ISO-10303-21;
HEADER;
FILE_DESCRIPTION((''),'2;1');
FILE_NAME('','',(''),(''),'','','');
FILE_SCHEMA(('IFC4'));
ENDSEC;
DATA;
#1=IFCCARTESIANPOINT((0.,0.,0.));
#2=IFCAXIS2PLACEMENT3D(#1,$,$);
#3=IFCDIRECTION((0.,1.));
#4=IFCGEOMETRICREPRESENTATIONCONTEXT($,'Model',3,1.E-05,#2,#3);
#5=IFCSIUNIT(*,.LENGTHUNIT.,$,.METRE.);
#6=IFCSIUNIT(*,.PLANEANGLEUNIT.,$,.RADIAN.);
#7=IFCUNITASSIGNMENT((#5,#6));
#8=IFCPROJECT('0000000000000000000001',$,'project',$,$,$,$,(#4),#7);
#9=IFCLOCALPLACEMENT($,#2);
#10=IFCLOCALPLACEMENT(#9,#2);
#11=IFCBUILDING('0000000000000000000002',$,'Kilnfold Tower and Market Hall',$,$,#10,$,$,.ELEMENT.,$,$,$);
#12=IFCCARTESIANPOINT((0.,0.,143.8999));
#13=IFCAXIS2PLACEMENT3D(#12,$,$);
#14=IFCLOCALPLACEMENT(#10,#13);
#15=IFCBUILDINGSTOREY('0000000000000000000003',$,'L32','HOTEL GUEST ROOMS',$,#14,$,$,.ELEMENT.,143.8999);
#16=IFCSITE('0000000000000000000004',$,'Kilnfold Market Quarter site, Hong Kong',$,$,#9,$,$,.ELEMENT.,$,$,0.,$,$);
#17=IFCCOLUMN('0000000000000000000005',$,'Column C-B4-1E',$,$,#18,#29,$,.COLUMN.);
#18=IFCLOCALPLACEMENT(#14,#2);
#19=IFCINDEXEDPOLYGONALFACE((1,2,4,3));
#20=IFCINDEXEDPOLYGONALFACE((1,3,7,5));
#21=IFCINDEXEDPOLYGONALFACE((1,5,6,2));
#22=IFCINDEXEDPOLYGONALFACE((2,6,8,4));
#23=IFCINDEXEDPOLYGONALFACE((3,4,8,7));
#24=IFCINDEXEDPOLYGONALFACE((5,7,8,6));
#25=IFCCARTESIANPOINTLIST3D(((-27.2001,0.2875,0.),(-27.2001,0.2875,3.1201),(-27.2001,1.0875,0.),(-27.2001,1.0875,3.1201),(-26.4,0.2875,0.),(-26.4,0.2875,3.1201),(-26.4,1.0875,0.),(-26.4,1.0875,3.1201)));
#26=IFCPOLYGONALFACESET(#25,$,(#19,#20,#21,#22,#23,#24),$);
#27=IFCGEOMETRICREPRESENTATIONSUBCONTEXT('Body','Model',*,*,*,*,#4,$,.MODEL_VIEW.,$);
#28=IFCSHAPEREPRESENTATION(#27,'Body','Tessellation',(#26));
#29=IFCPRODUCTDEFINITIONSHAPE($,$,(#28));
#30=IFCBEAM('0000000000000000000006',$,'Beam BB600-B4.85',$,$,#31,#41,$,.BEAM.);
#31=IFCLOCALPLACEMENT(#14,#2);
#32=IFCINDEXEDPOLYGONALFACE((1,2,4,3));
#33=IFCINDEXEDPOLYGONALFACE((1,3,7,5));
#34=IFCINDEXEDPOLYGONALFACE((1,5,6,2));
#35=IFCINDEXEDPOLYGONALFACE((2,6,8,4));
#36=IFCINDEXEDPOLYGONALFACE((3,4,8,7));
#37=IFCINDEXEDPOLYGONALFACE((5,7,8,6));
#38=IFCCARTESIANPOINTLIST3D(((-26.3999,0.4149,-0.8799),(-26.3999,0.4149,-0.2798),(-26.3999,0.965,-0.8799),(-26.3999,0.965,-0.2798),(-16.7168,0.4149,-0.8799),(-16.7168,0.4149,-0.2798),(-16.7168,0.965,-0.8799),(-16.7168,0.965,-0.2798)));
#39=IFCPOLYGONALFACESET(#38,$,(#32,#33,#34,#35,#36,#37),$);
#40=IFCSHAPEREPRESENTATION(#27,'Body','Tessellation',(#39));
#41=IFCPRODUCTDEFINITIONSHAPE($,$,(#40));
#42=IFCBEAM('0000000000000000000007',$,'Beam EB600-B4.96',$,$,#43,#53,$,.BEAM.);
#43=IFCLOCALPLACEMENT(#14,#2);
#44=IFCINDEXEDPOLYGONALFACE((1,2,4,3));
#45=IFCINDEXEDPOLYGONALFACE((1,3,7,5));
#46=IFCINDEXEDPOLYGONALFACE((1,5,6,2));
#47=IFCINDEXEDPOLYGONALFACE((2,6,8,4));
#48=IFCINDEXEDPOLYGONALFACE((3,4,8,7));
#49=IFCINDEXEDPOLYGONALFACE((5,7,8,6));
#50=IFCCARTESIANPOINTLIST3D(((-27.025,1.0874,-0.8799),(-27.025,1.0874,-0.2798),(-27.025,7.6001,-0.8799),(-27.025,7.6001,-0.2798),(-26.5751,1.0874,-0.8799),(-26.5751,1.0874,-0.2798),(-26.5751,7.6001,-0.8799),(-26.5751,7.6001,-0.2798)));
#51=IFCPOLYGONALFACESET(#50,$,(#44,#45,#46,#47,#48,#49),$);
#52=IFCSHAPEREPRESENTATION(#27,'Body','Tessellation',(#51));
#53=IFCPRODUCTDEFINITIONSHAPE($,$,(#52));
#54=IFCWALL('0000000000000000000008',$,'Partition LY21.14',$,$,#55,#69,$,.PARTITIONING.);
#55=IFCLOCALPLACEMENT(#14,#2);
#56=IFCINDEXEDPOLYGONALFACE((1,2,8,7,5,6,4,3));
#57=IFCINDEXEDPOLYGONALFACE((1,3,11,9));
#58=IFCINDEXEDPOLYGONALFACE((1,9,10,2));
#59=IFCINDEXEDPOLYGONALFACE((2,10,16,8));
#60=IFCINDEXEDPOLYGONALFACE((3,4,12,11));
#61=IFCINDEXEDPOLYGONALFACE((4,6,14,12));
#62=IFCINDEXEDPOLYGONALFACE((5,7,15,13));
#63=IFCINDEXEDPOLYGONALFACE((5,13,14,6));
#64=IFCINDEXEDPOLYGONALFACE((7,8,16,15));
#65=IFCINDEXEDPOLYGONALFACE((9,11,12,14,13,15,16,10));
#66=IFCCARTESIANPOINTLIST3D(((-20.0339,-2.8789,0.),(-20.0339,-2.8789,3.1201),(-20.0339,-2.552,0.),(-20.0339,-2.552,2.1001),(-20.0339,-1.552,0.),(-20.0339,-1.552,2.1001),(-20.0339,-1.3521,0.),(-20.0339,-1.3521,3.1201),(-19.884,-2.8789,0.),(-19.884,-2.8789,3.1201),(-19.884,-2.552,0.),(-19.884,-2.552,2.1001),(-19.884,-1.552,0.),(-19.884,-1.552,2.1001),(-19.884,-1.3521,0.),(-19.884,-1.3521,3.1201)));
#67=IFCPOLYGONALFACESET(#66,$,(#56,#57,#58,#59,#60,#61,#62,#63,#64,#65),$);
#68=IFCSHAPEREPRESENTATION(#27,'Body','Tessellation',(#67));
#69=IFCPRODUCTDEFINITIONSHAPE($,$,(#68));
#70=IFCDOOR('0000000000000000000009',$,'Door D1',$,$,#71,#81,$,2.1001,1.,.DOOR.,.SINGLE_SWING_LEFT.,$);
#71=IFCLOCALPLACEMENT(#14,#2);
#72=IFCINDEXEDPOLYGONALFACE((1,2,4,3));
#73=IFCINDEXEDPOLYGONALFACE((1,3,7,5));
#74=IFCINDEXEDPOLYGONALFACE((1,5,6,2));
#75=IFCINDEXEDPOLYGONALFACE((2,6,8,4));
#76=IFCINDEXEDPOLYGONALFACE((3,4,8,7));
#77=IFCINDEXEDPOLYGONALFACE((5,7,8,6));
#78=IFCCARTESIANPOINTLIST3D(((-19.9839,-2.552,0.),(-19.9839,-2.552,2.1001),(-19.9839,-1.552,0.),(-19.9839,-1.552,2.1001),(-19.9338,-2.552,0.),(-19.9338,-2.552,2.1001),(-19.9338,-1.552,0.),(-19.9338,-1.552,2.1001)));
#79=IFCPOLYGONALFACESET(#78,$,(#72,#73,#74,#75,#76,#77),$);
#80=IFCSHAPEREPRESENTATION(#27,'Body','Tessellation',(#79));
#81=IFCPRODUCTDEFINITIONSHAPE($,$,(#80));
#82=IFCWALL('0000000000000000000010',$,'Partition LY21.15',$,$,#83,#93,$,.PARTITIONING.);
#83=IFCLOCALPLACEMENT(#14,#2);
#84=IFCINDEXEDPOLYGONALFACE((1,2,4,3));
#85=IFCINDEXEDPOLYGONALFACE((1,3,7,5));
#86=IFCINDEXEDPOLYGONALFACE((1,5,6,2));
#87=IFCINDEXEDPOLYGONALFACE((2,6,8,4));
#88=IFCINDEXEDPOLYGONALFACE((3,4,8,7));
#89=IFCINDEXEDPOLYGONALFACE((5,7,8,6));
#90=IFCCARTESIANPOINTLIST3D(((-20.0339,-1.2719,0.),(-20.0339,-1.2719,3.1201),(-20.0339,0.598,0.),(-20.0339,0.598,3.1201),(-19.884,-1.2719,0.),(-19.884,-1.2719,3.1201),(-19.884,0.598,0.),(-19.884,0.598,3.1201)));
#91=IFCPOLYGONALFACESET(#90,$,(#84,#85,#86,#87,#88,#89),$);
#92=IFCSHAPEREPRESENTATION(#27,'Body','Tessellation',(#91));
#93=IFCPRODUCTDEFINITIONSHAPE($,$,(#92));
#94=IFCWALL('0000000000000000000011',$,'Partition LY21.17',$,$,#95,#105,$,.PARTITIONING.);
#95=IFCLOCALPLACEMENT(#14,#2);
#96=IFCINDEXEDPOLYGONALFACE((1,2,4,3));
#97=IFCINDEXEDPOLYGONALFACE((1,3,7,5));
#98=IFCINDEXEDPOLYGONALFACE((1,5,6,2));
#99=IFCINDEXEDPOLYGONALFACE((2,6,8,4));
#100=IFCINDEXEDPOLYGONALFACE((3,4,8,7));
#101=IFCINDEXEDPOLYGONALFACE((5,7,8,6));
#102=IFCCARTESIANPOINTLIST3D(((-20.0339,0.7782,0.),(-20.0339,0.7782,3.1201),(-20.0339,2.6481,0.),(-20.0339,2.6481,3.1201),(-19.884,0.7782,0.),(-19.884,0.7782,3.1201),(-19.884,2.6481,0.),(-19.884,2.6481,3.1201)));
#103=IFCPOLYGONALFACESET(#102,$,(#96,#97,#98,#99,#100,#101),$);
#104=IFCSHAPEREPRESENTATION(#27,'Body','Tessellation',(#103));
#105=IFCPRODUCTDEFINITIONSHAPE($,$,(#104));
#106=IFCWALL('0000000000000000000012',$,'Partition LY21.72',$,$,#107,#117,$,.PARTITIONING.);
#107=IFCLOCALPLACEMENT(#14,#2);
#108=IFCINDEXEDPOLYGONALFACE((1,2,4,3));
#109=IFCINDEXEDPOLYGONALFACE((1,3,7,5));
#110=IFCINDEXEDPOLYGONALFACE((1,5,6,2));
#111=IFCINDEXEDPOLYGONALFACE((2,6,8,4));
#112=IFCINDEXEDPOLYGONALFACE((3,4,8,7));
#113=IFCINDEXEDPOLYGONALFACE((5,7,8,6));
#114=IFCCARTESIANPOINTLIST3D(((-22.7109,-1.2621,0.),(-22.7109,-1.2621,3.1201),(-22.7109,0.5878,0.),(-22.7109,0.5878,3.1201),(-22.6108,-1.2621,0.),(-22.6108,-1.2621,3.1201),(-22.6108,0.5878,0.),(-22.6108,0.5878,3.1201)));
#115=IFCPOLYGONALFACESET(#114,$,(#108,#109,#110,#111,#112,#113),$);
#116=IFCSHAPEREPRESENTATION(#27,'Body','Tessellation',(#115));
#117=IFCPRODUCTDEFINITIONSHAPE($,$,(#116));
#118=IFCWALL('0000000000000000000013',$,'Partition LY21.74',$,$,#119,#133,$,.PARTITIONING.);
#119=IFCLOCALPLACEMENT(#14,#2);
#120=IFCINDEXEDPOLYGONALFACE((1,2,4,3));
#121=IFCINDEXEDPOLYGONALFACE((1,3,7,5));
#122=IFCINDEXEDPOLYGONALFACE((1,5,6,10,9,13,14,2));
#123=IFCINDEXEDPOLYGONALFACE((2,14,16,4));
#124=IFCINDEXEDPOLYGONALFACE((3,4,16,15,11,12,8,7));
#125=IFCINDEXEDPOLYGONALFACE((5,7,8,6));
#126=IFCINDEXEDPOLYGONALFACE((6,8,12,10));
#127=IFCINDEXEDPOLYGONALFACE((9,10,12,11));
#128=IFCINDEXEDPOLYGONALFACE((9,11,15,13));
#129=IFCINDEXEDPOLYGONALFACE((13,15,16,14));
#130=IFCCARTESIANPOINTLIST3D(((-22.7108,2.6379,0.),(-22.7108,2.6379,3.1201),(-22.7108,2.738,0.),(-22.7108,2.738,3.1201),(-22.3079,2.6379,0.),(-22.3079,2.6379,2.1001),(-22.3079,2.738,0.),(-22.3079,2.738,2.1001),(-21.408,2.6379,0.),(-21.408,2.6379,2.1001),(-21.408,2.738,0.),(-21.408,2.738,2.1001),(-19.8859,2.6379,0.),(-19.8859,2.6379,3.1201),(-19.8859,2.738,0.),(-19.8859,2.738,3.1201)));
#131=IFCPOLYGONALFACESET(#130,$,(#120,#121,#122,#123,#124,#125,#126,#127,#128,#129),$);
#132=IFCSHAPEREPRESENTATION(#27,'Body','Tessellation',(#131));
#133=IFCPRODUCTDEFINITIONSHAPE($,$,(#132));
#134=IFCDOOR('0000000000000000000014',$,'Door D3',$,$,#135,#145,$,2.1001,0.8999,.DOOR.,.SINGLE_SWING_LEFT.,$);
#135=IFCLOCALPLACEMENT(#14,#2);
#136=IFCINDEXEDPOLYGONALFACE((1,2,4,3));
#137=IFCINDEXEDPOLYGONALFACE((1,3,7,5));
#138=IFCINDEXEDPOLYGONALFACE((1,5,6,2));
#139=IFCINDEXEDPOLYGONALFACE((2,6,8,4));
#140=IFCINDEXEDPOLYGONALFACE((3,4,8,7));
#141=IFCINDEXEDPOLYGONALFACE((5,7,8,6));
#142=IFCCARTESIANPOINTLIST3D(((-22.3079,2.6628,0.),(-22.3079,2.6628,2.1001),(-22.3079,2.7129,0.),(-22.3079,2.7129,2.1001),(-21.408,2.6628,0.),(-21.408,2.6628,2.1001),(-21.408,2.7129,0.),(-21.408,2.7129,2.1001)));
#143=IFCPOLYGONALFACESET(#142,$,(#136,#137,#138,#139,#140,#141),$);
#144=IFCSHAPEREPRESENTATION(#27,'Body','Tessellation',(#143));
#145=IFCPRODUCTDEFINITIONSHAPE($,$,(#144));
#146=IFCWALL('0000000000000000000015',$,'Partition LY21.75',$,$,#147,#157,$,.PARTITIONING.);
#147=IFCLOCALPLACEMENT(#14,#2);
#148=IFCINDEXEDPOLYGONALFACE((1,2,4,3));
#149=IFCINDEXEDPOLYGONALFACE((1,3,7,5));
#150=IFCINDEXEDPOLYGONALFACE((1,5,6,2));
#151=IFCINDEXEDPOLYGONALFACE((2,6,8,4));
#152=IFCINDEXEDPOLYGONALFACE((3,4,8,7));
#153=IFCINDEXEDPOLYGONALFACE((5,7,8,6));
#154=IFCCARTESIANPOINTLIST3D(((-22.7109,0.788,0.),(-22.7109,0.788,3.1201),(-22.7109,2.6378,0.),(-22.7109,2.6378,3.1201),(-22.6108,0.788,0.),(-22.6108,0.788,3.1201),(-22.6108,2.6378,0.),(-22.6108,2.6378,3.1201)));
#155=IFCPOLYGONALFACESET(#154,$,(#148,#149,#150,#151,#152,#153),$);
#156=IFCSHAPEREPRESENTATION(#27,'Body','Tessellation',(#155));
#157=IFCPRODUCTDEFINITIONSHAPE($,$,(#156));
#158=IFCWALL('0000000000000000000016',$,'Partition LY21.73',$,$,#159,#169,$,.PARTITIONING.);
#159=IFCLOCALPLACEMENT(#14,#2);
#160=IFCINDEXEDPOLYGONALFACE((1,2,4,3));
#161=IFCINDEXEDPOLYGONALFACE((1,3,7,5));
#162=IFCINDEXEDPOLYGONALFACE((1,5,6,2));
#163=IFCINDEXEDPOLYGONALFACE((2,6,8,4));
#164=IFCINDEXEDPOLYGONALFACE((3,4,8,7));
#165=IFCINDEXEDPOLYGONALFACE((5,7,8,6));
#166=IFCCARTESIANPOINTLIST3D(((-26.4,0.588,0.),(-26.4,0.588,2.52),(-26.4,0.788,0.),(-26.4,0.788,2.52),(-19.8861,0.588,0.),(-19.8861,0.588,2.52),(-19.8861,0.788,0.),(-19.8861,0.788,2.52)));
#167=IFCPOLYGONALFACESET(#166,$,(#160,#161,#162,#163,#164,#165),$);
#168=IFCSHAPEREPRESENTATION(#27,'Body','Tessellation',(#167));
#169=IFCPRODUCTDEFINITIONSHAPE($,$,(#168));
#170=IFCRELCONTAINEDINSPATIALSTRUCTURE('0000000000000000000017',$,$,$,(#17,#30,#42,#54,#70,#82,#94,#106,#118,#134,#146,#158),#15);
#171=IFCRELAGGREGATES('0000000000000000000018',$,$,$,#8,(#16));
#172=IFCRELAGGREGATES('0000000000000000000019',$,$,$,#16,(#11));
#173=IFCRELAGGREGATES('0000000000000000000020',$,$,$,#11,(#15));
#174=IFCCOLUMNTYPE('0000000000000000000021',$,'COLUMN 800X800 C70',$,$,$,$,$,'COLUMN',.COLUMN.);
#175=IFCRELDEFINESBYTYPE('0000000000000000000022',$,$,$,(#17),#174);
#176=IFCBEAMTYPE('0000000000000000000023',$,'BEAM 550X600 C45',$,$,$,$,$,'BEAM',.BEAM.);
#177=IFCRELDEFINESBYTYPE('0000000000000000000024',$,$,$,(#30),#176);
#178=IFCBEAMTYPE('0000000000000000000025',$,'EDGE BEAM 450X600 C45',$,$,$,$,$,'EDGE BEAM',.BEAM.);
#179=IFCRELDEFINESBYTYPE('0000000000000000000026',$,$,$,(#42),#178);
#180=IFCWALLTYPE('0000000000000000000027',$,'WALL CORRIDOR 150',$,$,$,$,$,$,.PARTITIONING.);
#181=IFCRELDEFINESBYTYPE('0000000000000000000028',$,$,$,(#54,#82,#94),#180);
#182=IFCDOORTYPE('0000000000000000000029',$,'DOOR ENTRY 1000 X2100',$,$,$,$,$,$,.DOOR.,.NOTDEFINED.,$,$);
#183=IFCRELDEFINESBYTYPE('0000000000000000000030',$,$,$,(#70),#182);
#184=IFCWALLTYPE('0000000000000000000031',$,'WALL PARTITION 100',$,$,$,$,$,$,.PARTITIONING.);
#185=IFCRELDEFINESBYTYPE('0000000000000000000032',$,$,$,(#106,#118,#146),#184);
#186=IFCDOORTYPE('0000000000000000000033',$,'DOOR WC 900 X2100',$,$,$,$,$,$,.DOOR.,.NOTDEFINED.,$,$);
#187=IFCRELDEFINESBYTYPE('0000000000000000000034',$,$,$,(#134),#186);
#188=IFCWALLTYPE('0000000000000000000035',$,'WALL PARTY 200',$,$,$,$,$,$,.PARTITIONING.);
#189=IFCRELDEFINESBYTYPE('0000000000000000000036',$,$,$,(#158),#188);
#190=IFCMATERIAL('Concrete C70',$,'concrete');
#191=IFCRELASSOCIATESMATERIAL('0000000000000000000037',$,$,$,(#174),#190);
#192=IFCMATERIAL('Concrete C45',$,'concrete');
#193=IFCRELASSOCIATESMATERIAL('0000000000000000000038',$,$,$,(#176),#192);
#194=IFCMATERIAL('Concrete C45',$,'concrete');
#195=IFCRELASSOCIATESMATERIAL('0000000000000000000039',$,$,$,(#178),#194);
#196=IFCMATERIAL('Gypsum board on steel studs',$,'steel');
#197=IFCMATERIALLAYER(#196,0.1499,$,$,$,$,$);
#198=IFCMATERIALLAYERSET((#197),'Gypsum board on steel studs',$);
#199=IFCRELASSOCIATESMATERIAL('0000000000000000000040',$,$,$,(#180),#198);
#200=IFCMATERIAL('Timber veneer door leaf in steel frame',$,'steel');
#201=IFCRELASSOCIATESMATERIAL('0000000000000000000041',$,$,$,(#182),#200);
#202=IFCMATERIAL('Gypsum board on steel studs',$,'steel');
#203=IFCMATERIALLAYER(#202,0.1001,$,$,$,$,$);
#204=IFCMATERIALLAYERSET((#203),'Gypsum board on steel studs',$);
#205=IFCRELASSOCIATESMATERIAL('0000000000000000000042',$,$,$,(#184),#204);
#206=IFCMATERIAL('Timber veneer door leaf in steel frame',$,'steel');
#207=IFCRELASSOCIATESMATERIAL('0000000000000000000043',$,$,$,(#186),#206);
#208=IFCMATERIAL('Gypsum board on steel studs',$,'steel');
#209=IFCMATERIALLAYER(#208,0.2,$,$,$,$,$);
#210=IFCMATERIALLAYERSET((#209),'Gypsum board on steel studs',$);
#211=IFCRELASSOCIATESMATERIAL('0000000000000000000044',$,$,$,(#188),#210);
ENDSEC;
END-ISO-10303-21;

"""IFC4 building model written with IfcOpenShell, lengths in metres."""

from ifc_helpers import new_model, si_unit, direction, frame, frame_2d, origin, origin_2d, place, context, subcontext, project, spatial, rectangle, extrude, source, transform, mapped, material, layer, layer_set, material_profile, profile_set, type_object, element, fill, save


model = new_model("IFC4")

# Units and contexts
model_context = context("Model", 3, precision=1e-05, world=origin(), true_north=direction((0.0, 1.0)))
body_context = subcontext(model_context, "Body", "Model", "MODEL_VIEW")
ifc_project = project(units=[si_unit("LENGTHUNIT", "METRE"), si_unit("PLANEANGLEUNIT", "RADIAN")], contexts=[model_context])

# Site, building, storey
site_placement = place(None, origin())
site = spatial("IfcSite", under=ifc_project, at=site_placement, Name="Kilnfold Market Quarter site, Hong Kong", CompositionType="ELEMENT", RefElevation=0.0)
building_placement = place(site_placement, origin())
building = spatial("IfcBuilding", under=site, at=building_placement, Name="Kilnfold Tower and Market Hall", CompositionType="ELEMENT")
storey_placement = place(building_placement, frame((0.0, 0.0, 143.8999)))
storey = spatial("IfcBuildingStorey", under=building, at=storey_placement, Name="L32", Description="HOTEL GUEST ROOMS", CompositionType="ELEMENT", Elevation=143.8999)

# Column
ifc_material_1 = material(Name="Concrete C70", Category="concrete")
ifc_material_profile_1 = material_profile(ifc_material_1, rectangle(XDim=0.8, YDim=0.8, at=origin_2d()), Name="RC 800x800")
ifc_profile_set_1 = profile_set([ifc_material_profile_1], Name="Concrete C70")
column_type = type_object("IfcColumnType", Name="COLUMN 800X800 C70", ElementType="COLUMN", PredefinedType="COLUMN", material=ifc_profile_set_1)
shared_shape_1 = source(origin(), body_context, "Body", "SweptSolid", [
    extrude(rectangle(XDim=0.8, YDim=0.8, at=origin_2d()), origin(), (0.0, 0.0, 1.0), 3.1201),
])
column_placement = place(storey_placement, frame((-26.8, 0.6875, 0.0), z_axis=(0.0, 0.0, 1.0), x_axis=(1.0, 0.0, 0.0)))
element("IfcColumn", 1, at=column_placement, inside=storey, type_object=column_type, Name="Column C-B4-1E", PredefinedType="COLUMN", context=body_context, shape_type="MappedRepresentation", body=[
    mapped(shared_shape_1, transform((0.0, 0.0, 0.0))),
])

# Beams
ifc_material_2 = material(Name="Concrete C45", Category="concrete")
ifc_material_profile_2 = material_profile(ifc_material_2, rectangle(XDim=0.55, YDim=0.6001, at=origin_2d()), Name="RC 550x600")
ifc_profile_set_2 = profile_set([ifc_material_profile_2], Name="Concrete C45")
beam_type_1 = type_object("IfcBeamType", Name="BEAM 550X600 C45", ElementType="BEAM", PredefinedType="BEAM", material=ifc_profile_set_2)
shared_shape_2 = source(origin(), body_context, "Body", "SweptSolid", [
    extrude(rectangle(XDim=0.55, YDim=0.6001, at=origin_2d()), origin(), (0.0, 0.0, 1.0), 9.6831),
])
beam_1_placement = place(storey_placement, frame((-26.3999, 0.6899, -0.5798), z_axis=(1.0, 0.0, 0.0), x_axis=(0.0, 1.0, 0.0)))
element("IfcBeam", 2, at=beam_1_placement, inside=storey, type_object=beam_type_1, Name="Beam BB600-B4.85", PredefinedType="BEAM", context=body_context, shape_type="MappedRepresentation", body=[
    mapped(shared_shape_2, transform((0.0, 0.0, 0.0))),
])
ifc_material_3 = material(Name="Concrete C45", Category="concrete")
ifc_material_profile_3 = material_profile(ifc_material_3, rectangle(XDim=0.45, YDim=0.6001, at=origin_2d()), Name="RC 450x600")
ifc_profile_set_3 = profile_set([ifc_material_profile_3], Name="Concrete C45")
beam_type_2 = type_object("IfcBeamType", Name="EDGE BEAM 450X600 C45", ElementType="EDGE BEAM", PredefinedType="BEAM", material=ifc_profile_set_3)
shared_shape_3 = source(origin(), body_context, "Body", "SweptSolid", [
    extrude(rectangle(XDim=0.45, YDim=0.6001, at=origin_2d()), origin(), (0.0, 0.0, 1.0), 6.5127),
])
beam_2_placement = place(storey_placement, frame((-26.8, 1.0874, -0.5798), z_axis=(0.0, 1.0, 0.0), x_axis=(-1.0, 0.0, 0.0)))
element("IfcBeam", 3, at=beam_2_placement, inside=storey, type_object=beam_type_2, Name="Beam EB600-B4.96", PredefinedType="BEAM", context=body_context, shape_type="MappedRepresentation", body=[
    mapped(shared_shape_3, transform((0.0, 0.0, 0.0))),
])

# Wall, opening, door
ifc_material_4 = material(Name="Gypsum board on steel studs", Category="steel")
ifc_layer_1 = layer(ifc_material_4, 0.1499)
ifc_layer_set_1 = layer_set([ifc_layer_1], Name="Gypsum board on steel studs")
wall_type_1 = type_object("IfcWallType", Name="WALL CORRIDOR 150", PredefinedType="PARTITIONING", material=ifc_layer_set_1)
wall_1_placement = place(storey_placement, frame((-19.959, -2.8789, 0.0), z_axis=(0.0, 0.0, 1.0), x_axis=(0.0, 1.0, 0.0)))
wall_1 = element("IfcWall", 4, at=wall_1_placement, inside=storey, type_object=wall_type_1, Name="Partition LY21.14", PredefinedType="PARTITIONING", context=body_context, shape_type="SweptSolid", body=[
    extrude(rectangle(XDim=1.5269, YDim=0.1499, at=frame_2d((0.7634, 0.0))), origin(), (0.0, 0.0, 1.0), 3.1201),
])
opening_1_placement = place(wall_1_placement, frame((0.3269, 0.0, 0.0)))
opening_1 = element("IfcOpeningElement", 5, at=opening_1_placement, cuts=wall_1, PredefinedType="OPENING", context=body_context, shape_type="SweptSolid", body=[
    extrude(rectangle(XDim=1.0, YDim=2.1001, at=frame_2d((0.5, 1.05))), frame((0.0, 0.085, 0.0), z_axis=(0.0, -1.0, 0.0), x_axis=(1.0, 0.0, 0.0)), (0.0, 0.0, 1.0), 0.1699),
])
ifc_material_5 = material(Name="Timber veneer door leaf in steel frame", Category="steel")
door_type_1 = type_object("IfcDoorType", Name="DOOR ENTRY 1000 X2100", OperationType="NOTDEFINED", PredefinedType="DOOR", material=ifc_material_5)
door_1_placement = place(opening_1_placement, origin())
door_1 = element("IfcDoor", 6, at=door_1_placement, inside=storey, type_object=door_type_1, Name="Door D1", OperationType="SINGLE_SWING_LEFT", OverallHeight=2.1001, OverallWidth=1.0, PredefinedType="DOOR", context=body_context, shape_type="SweptSolid", body=[
    extrude(rectangle(XDim=1.0, YDim=2.1001, at=frame_2d((0.5, 1.05))), frame((0.0, 0.0249, 0.0), z_axis=(0.0, -1.0, 0.0), x_axis=(1.0, 0.0, 0.0)), (0.0, 0.0, 1.0), 0.05),
])
fill(opening_1, door_1)

# Walls
for number, where, z_axis, x_axis, name in (
    (7, (-19.959, -1.272, 0.0), (0.0, 0.0, 1.0), (0.0, 1.0, 0.0), "Partition LY21.15"),
    (8, (-19.959, 0.7781, 0.0), (0.0, 0.0, 1.0), (0.0, 1.0, 0.0), "Partition LY21.17"),
):
    element("IfcWall", number, at=place(storey_placement, frame(where, z_axis=z_axis, x_axis=x_axis)), inside=storey, type_object=wall_type_1, Name=name, PredefinedType="PARTITIONING", context=body_context, shape_type="SweptSolid", body=[
        extrude(rectangle(XDim=1.8699, YDim=0.1499, at=frame_2d((0.9351, 0.0))), origin(), (0.0, 0.0, 1.0), 3.1201),
    ])
ifc_material_6 = material(Name="Gypsum board on steel studs", Category="steel")
ifc_layer_2 = layer(ifc_material_6, 0.1001)
ifc_layer_set_2 = layer_set([ifc_layer_2], Name="Gypsum board on steel studs")
wall_type_2 = type_object("IfcWallType", Name="WALL PARTITION 100", PredefinedType="PARTITIONING", material=ifc_layer_set_2)
wall_2_placement = place(storey_placement, frame((-22.6609, -1.262, 0.0), z_axis=(0.0, 0.0, 1.0), x_axis=(0.0, 1.0, 0.0)))
element("IfcWall", 9, at=wall_2_placement, inside=storey, type_object=wall_type_2, Name="Partition LY21.72", PredefinedType="PARTITIONING", context=body_context, shape_type="SweptSolid", body=[
    extrude(rectangle(XDim=1.8499, YDim=0.1001, at=frame_2d((0.9248, 0.0))), origin(), (0.0, 0.0, 1.0), 3.1201),
])

# Wall, opening, door
wall_3_placement = place(storey_placement, frame((-22.7109, 2.688, 0.0), z_axis=(0.0, 0.0, 1.0), x_axis=(1.0, 0.0, 0.0)))
wall_3 = element("IfcWall", 10, at=wall_3_placement, inside=storey, type_object=wall_type_2, Name="Partition LY21.74", PredefinedType="PARTITIONING", context=body_context, shape_type="SweptSolid", body=[
    extrude(rectangle(XDim=2.825, YDim=0.1001, at=frame_2d((1.4126, 0.0))), origin(), (0.0, 0.0, 1.0), 3.1201),
])
opening_2_placement = place(wall_3_placement, frame((0.4031, 0.0, 0.0)))
opening_2 = element("IfcOpeningElement", 11, at=opening_2_placement, cuts=wall_3, PredefinedType="OPENING", context=body_context, shape_type="SweptSolid", body=[
    extrude(rectangle(XDim=0.8999, YDim=2.1001, at=frame_2d((0.45, 1.05))), frame((0.0, 0.0601, 0.0), z_axis=(0.0, -1.0, 0.0), x_axis=(1.0, 0.0, 0.0)), (0.0, 0.0, 1.0), 0.1201),
])
ifc_material_7 = material(Name="Timber veneer door leaf in steel frame", Category="steel")
door_type_2 = type_object("IfcDoorType", Name="DOOR WC 900 X2100", OperationType="NOTDEFINED", PredefinedType="DOOR", material=ifc_material_7)
door_2_placement = place(opening_2_placement, origin())
door_2 = element("IfcDoor", 12, at=door_2_placement, inside=storey, type_object=door_type_2, Name="Door D3", OperationType="SINGLE_SWING_LEFT", OverallHeight=2.1001, OverallWidth=0.8999, PredefinedType="DOOR", context=body_context, shape_type="SweptSolid", body=[
    extrude(rectangle(XDim=0.8999, YDim=2.1001, at=frame_2d((0.45, 1.05))), frame((0.0, 0.0249, 0.0), z_axis=(0.0, -1.0, 0.0), x_axis=(1.0, 0.0, 0.0)), (0.0, 0.0, 1.0), 0.05),
])
fill(opening_2, door_2)

# Walls
wall_4_placement = place(storey_placement, frame((-22.6609, 0.7881, 0.0), z_axis=(0.0, 0.0, 1.0), x_axis=(0.0, 1.0, 0.0)))
element("IfcWall", 13, at=wall_4_placement, inside=storey, type_object=wall_type_2, Name="Partition LY21.75", PredefinedType="PARTITIONING", context=body_context, shape_type="SweptSolid", body=[
    extrude(rectangle(XDim=1.8499, YDim=0.1001, at=frame_2d((0.9248, 0.0))), origin(), (0.0, 0.0, 1.0), 3.1201),
])
ifc_material_8 = material(Name="Gypsum board on steel studs", Category="steel")
ifc_layer_3 = layer(ifc_material_8, 0.2)
ifc_layer_set_3 = layer_set([ifc_layer_3], Name="Gypsum board on steel studs")
wall_type_3 = type_object("IfcWallType", Name="WALL PARTY 200", PredefinedType="PARTITIONING", material=ifc_layer_set_3)
wall_5_placement = place(storey_placement, frame((-26.3999, 0.688, 0.0), z_axis=(0.0, 0.0, 1.0), x_axis=(1.0, 0.0, 0.0)))
element("IfcWall", 14, at=wall_5_placement, inside=storey, type_object=wall_type_3, Name="Partition LY21.73", PredefinedType="PARTITIONING", context=body_context, shape_type="SweptSolid", body=[
    extrude(rectangle(XDim=6.5139, YDim=0.2, at=frame_2d((3.2568, 0.0))), origin(), (0.0, 0.0, 1.0), 2.52),
])

save(model, "model.ifc")
